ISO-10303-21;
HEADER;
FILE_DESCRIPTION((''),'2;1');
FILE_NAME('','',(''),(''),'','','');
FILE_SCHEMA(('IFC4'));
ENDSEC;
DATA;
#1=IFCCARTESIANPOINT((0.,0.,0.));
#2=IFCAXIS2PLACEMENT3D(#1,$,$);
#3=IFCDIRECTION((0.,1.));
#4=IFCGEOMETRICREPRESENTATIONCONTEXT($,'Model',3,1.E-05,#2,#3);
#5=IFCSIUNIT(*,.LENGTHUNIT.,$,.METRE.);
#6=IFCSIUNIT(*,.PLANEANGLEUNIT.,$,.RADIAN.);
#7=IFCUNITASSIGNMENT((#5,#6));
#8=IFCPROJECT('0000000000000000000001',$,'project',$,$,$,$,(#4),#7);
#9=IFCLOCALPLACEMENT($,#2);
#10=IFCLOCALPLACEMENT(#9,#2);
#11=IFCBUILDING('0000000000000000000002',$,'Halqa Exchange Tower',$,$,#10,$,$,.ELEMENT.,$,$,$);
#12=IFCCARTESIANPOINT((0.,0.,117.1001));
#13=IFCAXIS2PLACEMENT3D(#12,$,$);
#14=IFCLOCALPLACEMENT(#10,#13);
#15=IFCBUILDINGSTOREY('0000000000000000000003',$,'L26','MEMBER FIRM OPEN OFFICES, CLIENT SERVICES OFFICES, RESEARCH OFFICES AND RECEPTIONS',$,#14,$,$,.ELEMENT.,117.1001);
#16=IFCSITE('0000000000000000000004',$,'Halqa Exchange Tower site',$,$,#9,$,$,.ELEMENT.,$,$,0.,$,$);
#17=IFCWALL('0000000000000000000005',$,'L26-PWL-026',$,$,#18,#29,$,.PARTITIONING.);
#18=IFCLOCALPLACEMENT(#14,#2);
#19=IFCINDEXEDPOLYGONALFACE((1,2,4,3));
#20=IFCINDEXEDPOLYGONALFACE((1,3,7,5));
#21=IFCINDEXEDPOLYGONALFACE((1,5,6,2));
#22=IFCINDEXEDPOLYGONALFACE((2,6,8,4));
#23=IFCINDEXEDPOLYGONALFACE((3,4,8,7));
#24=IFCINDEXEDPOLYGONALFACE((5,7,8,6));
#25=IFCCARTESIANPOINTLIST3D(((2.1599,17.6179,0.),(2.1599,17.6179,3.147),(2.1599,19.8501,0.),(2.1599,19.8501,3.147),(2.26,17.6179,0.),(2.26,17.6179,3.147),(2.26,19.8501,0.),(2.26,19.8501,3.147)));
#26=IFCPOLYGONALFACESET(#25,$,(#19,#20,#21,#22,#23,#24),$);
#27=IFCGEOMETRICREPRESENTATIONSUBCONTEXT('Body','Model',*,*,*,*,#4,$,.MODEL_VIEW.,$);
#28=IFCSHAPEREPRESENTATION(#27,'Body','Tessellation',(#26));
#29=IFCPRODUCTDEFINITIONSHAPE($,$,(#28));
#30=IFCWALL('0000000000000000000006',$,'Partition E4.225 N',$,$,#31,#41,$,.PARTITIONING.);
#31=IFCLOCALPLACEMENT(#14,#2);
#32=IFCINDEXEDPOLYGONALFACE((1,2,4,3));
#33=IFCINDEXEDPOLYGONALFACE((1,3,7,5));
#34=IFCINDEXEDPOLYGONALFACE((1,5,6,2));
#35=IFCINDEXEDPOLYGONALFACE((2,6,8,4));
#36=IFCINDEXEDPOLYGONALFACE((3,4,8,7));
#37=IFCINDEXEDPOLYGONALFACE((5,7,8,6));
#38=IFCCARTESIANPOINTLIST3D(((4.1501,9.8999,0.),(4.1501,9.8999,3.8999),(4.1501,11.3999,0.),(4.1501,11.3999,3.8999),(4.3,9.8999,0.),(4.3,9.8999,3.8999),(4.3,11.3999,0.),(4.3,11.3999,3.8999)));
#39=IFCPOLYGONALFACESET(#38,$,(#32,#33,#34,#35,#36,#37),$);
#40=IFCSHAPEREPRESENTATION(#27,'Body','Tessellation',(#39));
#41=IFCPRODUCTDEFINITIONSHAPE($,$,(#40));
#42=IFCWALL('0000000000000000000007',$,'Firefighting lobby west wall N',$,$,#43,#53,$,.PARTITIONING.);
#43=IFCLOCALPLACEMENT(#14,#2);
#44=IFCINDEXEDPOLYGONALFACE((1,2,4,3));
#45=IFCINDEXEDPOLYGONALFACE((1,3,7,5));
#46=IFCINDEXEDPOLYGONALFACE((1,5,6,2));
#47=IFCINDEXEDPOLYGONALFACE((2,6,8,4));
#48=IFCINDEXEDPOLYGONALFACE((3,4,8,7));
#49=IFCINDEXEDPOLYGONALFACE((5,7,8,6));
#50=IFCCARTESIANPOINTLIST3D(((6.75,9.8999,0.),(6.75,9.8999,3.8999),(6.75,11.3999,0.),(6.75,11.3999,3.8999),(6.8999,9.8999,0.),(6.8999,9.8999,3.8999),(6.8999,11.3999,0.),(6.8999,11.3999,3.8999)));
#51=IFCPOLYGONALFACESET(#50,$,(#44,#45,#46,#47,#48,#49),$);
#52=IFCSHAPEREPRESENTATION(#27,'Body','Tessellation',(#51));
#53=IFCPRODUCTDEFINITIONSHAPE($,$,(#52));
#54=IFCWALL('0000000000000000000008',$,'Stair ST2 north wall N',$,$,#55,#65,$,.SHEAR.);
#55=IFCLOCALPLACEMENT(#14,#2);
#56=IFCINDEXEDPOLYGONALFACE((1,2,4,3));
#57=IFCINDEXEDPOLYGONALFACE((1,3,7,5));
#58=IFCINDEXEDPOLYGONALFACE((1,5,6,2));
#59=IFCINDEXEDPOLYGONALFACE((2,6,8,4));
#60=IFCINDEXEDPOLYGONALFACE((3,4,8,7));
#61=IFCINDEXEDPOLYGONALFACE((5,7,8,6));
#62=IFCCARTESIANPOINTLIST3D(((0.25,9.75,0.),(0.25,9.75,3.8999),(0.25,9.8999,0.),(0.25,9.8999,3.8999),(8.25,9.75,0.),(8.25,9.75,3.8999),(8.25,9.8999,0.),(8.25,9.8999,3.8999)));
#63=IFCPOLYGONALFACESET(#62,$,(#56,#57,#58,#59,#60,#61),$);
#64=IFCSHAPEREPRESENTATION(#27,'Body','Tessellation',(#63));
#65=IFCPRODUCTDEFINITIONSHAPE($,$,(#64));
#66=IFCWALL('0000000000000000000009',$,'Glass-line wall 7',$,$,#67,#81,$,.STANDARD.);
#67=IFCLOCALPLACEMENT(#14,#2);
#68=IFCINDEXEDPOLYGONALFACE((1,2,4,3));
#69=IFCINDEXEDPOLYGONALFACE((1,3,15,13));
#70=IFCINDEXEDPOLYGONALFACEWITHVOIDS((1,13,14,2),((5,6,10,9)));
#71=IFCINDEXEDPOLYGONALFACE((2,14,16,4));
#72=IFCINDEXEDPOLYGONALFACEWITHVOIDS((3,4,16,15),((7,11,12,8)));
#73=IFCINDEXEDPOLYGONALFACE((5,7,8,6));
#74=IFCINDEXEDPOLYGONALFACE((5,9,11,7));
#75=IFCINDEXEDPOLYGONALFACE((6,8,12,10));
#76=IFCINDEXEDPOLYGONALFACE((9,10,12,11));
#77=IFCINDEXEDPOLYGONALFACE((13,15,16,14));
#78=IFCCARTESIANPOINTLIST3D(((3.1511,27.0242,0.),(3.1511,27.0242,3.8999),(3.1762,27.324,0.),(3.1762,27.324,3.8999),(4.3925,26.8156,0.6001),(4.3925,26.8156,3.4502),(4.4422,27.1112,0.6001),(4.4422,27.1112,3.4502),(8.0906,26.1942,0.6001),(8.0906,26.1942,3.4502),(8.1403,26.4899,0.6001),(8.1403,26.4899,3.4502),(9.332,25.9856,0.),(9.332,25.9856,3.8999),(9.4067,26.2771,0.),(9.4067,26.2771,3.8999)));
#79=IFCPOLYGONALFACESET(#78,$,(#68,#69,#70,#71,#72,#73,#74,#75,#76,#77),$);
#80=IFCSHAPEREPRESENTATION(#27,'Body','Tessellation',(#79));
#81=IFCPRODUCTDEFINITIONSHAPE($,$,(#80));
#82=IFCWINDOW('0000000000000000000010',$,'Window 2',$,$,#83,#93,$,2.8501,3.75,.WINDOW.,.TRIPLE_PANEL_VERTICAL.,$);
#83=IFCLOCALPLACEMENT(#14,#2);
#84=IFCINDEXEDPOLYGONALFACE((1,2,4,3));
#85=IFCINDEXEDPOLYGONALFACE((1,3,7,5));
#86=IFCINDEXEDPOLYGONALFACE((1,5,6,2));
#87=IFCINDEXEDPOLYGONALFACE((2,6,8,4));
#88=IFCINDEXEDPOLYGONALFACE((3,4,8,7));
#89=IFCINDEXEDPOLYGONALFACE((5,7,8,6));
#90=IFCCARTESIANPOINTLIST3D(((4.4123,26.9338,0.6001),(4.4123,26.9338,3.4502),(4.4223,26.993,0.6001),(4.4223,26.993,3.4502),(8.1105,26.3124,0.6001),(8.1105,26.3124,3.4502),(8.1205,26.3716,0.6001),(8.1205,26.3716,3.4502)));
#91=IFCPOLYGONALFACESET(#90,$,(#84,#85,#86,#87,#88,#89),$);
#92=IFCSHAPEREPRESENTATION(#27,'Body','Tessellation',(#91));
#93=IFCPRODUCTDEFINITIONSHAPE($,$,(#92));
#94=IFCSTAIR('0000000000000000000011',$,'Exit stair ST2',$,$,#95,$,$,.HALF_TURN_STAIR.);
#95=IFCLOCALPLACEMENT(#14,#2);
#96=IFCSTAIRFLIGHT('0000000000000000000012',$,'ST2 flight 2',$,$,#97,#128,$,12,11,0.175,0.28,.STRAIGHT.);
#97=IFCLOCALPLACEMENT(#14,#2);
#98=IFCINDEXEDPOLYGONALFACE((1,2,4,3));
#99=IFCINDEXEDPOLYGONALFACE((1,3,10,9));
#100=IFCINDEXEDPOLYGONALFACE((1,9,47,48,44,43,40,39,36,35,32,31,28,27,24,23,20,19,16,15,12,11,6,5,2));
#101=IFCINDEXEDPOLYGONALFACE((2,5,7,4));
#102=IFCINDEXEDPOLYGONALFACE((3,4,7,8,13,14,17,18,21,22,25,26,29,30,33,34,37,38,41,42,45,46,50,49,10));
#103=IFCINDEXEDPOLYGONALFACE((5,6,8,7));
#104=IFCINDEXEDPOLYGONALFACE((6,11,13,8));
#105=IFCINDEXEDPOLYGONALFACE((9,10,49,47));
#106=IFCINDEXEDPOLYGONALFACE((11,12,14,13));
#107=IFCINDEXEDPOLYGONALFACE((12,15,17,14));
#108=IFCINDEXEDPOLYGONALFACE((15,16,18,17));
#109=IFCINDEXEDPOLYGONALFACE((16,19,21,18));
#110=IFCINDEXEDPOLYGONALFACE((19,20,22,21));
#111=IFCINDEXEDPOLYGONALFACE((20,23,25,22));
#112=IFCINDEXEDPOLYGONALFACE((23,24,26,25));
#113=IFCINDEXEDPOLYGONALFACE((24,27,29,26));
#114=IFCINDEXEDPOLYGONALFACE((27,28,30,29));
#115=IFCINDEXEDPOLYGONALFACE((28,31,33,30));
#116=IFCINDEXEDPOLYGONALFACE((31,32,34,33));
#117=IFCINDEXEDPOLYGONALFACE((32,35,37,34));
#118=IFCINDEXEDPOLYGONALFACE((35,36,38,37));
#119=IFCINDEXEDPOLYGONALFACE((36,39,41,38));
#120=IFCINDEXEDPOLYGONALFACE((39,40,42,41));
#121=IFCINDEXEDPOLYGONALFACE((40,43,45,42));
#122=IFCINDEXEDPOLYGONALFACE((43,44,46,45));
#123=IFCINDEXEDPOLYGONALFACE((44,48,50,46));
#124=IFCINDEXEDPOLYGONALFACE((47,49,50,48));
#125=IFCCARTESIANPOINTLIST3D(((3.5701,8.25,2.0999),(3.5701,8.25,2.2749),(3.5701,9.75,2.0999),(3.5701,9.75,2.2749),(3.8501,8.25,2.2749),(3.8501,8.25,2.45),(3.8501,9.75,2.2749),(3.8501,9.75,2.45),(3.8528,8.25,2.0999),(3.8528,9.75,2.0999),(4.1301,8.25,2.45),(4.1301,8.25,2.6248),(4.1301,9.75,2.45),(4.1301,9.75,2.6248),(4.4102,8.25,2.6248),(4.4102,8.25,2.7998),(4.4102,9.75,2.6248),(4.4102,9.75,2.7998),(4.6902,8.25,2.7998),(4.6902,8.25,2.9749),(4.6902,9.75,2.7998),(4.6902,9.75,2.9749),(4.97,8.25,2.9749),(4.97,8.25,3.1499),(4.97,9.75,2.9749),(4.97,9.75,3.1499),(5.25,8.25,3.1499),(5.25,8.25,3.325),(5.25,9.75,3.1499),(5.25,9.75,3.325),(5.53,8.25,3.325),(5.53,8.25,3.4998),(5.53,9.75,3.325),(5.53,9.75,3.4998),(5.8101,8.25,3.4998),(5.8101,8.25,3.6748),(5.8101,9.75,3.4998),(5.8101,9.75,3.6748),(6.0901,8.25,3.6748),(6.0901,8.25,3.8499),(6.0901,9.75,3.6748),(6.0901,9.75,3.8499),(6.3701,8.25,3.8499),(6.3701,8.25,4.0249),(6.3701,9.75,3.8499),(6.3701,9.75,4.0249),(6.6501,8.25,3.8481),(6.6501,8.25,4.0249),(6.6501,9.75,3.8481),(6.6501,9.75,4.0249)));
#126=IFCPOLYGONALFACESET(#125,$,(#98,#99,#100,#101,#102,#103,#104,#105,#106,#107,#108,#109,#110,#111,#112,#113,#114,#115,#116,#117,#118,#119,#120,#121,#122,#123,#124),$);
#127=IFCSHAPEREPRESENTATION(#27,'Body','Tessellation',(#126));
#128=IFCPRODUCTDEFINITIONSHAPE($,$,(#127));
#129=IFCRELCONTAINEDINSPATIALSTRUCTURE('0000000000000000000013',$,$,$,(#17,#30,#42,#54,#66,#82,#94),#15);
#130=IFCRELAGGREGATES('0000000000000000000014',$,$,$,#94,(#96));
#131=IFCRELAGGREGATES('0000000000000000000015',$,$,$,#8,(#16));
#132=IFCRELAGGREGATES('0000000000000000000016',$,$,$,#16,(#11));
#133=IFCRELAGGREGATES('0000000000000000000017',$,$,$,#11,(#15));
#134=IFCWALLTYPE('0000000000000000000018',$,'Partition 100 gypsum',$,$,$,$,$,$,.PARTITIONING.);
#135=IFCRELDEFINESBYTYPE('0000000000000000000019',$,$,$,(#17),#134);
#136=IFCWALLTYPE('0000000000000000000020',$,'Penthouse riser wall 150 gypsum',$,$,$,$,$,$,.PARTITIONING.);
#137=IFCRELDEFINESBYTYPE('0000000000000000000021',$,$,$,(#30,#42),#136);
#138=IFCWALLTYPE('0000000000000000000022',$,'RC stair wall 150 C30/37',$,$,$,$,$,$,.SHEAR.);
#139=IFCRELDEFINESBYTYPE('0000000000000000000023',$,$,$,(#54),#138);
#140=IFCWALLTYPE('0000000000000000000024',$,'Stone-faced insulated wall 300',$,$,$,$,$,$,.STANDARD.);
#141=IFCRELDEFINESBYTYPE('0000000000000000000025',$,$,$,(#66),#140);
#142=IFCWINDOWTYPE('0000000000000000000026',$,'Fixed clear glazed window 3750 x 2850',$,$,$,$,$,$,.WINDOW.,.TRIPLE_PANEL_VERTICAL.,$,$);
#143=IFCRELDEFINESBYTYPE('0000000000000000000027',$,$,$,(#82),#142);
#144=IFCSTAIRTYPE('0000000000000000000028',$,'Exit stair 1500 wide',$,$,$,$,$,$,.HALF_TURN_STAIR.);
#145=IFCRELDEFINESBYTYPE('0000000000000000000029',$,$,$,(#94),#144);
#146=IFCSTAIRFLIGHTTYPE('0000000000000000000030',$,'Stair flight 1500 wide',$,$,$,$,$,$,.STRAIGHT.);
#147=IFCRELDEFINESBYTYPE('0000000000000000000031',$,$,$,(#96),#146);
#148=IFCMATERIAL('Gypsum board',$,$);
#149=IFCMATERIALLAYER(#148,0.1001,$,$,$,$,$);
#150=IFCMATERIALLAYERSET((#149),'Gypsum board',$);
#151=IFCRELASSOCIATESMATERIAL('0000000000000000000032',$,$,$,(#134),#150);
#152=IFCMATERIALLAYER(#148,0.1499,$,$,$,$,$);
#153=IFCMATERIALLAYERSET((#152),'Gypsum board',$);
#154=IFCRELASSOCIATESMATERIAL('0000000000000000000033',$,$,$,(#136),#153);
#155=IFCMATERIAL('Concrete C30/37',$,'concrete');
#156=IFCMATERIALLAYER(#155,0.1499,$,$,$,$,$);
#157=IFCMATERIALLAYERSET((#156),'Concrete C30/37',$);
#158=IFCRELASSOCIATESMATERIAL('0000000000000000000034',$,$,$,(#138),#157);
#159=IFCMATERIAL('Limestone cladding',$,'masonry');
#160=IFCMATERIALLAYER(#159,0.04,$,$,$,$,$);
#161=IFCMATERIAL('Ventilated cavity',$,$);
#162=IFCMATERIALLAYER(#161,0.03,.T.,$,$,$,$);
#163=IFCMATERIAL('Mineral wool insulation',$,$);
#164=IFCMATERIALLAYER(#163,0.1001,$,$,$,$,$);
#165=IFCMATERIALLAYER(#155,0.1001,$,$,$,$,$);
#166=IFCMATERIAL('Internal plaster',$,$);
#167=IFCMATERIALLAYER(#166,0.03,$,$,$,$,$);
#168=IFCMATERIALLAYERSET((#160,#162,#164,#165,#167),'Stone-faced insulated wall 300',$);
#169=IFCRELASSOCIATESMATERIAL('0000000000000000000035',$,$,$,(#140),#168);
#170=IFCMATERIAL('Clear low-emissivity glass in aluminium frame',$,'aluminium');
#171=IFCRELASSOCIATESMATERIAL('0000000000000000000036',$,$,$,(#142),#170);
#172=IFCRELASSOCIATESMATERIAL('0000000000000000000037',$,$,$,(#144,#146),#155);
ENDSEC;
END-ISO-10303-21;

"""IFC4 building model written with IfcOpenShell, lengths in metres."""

from ifc_helpers import new_model, si_unit, direction, frame, frame_2d, origin, place, context, subcontext, project, spatial, polyline, rectangle, outline, extrude, material, layer, layer_set, type_object, element, fill, aggregate, save


model = new_model("IFC4")

# Units and contexts
model_context = context("Model", 3, precision=1e-05, world=origin(), true_north=direction((0.0, 1.0)))
body_context = subcontext(model_context, "Body", "Model", "MODEL_VIEW")
ifc_project = project(units=[si_unit("LENGTHUNIT", "METRE"), si_unit("PLANEANGLEUNIT", "RADIAN")], contexts=[model_context])

# Site, building, storey
site_placement = place(None, origin())
site = spatial("IfcSite", under=ifc_project, at=site_placement, Name="Halqa Exchange Tower site", CompositionType="ELEMENT", RefElevation=0.0)
building_placement = place(site_placement, origin())
building = spatial("IfcBuilding", under=site, at=building_placement, Name="Halqa Exchange Tower", CompositionType="ELEMENT")
storey_placement = place(building_placement, frame((0.0, 0.0, 117.1001)))
storey = spatial("IfcBuildingStorey", under=building, at=storey_placement, Name="L26", Description="MEMBER FIRM OPEN OFFICES, CLIENT SERVICES OFFICES, RESEARCH OFFICES AND RECEPTIONS", CompositionType="ELEMENT", Elevation=117.1001)

# Walls
ifc_material_1 = material(Name="Gypsum board")
ifc_layer_1 = layer(ifc_material_1, 0.1001)
ifc_layer_set_1 = layer_set([ifc_layer_1], Name="Gypsum board")
wall_type_1 = type_object("IfcWallType", Name="Partition 100 gypsum", PredefinedType="PARTITIONING", material=ifc_layer_set_1)
wall_1_placement = place(storey_placement, frame((2.21, 17.6179, 0.0), z_axis=(0.0, 0.0, 1.0), x_axis=(0.0, 1.0, 0.0)))
element("IfcWall", 1, at=wall_1_placement, inside=storey, type_object=wall_type_1, Name="L26-PWL-026", PredefinedType="PARTITIONING", context=body_context, shape_type="SweptSolid", body=[
    extrude(outline(polyline([(0.0, -0.05), (2.2322, -0.05), (2.2322, 0.05), (0.0, 0.05), (0.0, -0.05)])), origin(), (0.0, 0.0, 1.0), 3.147),
])
ifc_layer_2 = layer(ifc_material_1, 0.1499)
ifc_layer_set_2 = layer_set([ifc_layer_2], Name="Gypsum board")
wall_type_2 = type_object("IfcWallType", Name="Penthouse riser wall 150 gypsum", PredefinedType="PARTITIONING", material=ifc_layer_set_2)
for number, where, z_axis, x_axis, name in (
    (2, (4.2251, 9.8999, 0.0), (0.0, 0.0, 1.0), (0.0, 1.0, 0.0), "Partition E4.225 N"),
    (3, (6.825, 9.8999, 0.0), (0.0, 0.0, 1.0), (0.0, 1.0, 0.0), "Firefighting lobby west wall N"),
):
    element("IfcWall", number, at=place(storey_placement, frame(where, z_axis=z_axis, x_axis=x_axis)), inside=storey, type_object=wall_type_2, Name=name, PredefinedType="PARTITIONING", context=body_context, shape_type="SweptSolid", body=[
        extrude(rectangle(XDim=1.5, YDim=0.1499, at=frame_2d((0.75, 0.0))), origin(), (0.0, 0.0, 1.0), 3.8999),
    ])
ifc_material_2 = material(Name="Concrete C30/37", Category="concrete")
ifc_layer_3 = layer(ifc_material_2, 0.1499)
ifc_layer_set_3 = layer_set([ifc_layer_3], Name="Concrete C30/37")
wall_type_3 = type_object("IfcWallType", Name="RC stair wall 150 C30/37", PredefinedType="SHEAR", material=ifc_layer_set_3)
wall_2_placement = place(storey_placement, frame((0.25, 9.825, 0.0), z_axis=(0.0, 0.0, 1.0), x_axis=(1.0, 0.0, 0.0)))
element("IfcWall", 4, at=wall_2_placement, inside=storey, type_object=wall_type_3, Name="Stair ST2 north wall N", PredefinedType="SHEAR", context=body_context, shape_type="SweptSolid", body=[
    extrude(rectangle(XDim=8.0, YDim=0.1499, at=frame_2d((4.0, 0.0))), origin(), (0.0, 0.0, 1.0), 3.8999),
])

# Wall, opening, window
ifc_material_3 = material(Name="Limestone cladding", Category="masonry")
ifc_layer_4 = layer(ifc_material_3, 0.04)
ifc_material_4 = material(Name="Ventilated cavity")
ifc_layer_5 = layer(ifc_material_4, 0.03, ventilated=True)
ifc_material_5 = material(Name="Mineral wool insulation")
ifc_layer_6 = layer(ifc_material_5, 0.1001)
ifc_layer_7 = layer(ifc_material_2, 0.1001)
ifc_material_6 = material(Name="Internal plaster")
ifc_layer_8 = layer(ifc_material_6, 0.03)
ifc_layer_set_4 = layer_set([ifc_layer_4, ifc_layer_5, ifc_layer_6, ifc_layer_7, ifc_layer_8], Name="Stone-faced insulated wall 300")
wall_type_4 = type_object("IfcWallType", Name="Stone-faced insulated wall 300", PredefinedType="STANDARD", material=ifc_layer_set_4)
wall_3_placement = place(storey_placement, frame((9.3694, 26.1313, 0.0), z_axis=(0.0, 0.0, 1.0), x_axis=(-0.986176, 0.165701, 0.0)))
wall_3 = element("IfcWall", 5, at=wall_3_placement, inside=storey, type_object=wall_type_4, Name="Glass-line wall 7", PredefinedType="STANDARD", context=body_context, shape_type="SweptSolid", body=[
    extrude(outline(polyline([(-0.0127, -0.1499), (6.3052, -0.1499), (6.2803, 0.1499), (0.0127, 0.1499), (-0.0127, -0.1499)])), origin(), (0.0, 0.0, 1.0), 3.8999),
])
opening_1_placement = place(wall_3_placement, frame((1.2715, 0.0, 0.6001)))
opening_1 = element("IfcOpeningElement", 6, at=opening_1_placement, cuts=wall_3, PredefinedType="OPENING", context=body_context, shape_type="SweptSolid", body=[
    extrude(rectangle(XDim=3.75, YDim=2.8501, at=frame_2d((1.875, 1.425))), frame((0.0, 0.1621, 0.0), z_axis=(0.0, -1.0, 0.0), x_axis=(1.0, 0.0, 0.0)), (0.0, 0.0, 1.0), 0.324),
])
ifc_material_7 = material(Name="Clear low-emissivity glass in aluminium frame", Category="aluminium")
window_type = type_object("IfcWindowType", Name="Fixed clear glazed window 3750 x 2850", PartitioningType="TRIPLE_PANEL_VERTICAL", PredefinedType="WINDOW", material=ifc_material_7)
window_placement = place(opening_1_placement, origin())
window = element("IfcWindow", 7, at=window_placement, inside=storey, type_object=window_type, Name="Window 2", OverallHeight=2.8501, OverallWidth=3.75, PartitioningType="TRIPLE_PANEL_VERTICAL", PredefinedType="WINDOW", context=body_context, shape_type="SweptSolid", body=[
    extrude(rectangle(XDim=3.75, YDim=2.8501, at=frame_2d((1.875, 1.425))), frame((0.0, 0.03, 0.0), z_axis=(0.0, -1.0, 0.0), x_axis=(1.0, 0.0, 0.0)), (0.0, 0.0, 1.0), 0.0601),
])
fill(opening_1, window)

# Stair, stair flight
stair_type = type_object("IfcStairType", Name="Exit stair 1500 wide", PredefinedType="HALF_TURN_STAIR", material=ifc_material_2)
stair_placement = place(storey_placement, origin())
stair = element("IfcStair", 8, at=stair_placement, inside=storey, type_object=stair_type, Name="Exit stair ST2", PredefinedType="HALF_TURN_STAIR")
stair_flight_type = type_object("IfcStairFlightType", Name="Stair flight 1500 wide", PredefinedType="STRAIGHT", material=ifc_material_2)
stair_flight_placement = place(storey_placement, frame((3.5701, 9.0, 2.0999), z_axis=(0.0, 0.0, 1.0), x_axis=(1.0, 0.0, 0.0)))
stair_flight = element("IfcStairFlight", 9, at=stair_flight_placement, type_object=stair_flight_type, Name="ST2 flight 2", NumberOfRisers=12, NumberOfTreads=11, PredefinedType="STRAIGHT", RiserHeight=0.175, TreadLength=0.28, context=body_context, shape_type="SweptSolid", body=[
    extrude(outline(polyline([(0.0, 0.0), (0.0, 0.175), (0.28, 0.175), (0.28, 0.3501), (0.5601, 0.3501), (0.5601, 0.5249), (0.8401, 0.5249), (0.8401, 0.7), (1.1201, 0.7), (1.1201, 0.875), (1.3999, 0.875), (1.3999, 1.05), (1.6799, 1.05), (1.6799, 1.2251), (1.96, 1.2251), (1.96, 1.3999), (2.24, 1.3999), (2.24, 1.575), (2.52, 1.575), (2.52, 1.75), (2.8, 1.75), (2.8, 1.925), (3.0801, 1.925), (3.0801, 2.1001), (3.0801, 1.7483), (0.2827, 0.0), (0.0, 0.0)])), frame((0.0, 0.75, 0.0), z_axis=(0.0, -1.0, 0.0), x_axis=(1.0, 0.0, 0.0)), (0.0, 0.0, 1.0), 1.5),
])
aggregate(stair, [stair_flight])

save(model, "model.ifc")
